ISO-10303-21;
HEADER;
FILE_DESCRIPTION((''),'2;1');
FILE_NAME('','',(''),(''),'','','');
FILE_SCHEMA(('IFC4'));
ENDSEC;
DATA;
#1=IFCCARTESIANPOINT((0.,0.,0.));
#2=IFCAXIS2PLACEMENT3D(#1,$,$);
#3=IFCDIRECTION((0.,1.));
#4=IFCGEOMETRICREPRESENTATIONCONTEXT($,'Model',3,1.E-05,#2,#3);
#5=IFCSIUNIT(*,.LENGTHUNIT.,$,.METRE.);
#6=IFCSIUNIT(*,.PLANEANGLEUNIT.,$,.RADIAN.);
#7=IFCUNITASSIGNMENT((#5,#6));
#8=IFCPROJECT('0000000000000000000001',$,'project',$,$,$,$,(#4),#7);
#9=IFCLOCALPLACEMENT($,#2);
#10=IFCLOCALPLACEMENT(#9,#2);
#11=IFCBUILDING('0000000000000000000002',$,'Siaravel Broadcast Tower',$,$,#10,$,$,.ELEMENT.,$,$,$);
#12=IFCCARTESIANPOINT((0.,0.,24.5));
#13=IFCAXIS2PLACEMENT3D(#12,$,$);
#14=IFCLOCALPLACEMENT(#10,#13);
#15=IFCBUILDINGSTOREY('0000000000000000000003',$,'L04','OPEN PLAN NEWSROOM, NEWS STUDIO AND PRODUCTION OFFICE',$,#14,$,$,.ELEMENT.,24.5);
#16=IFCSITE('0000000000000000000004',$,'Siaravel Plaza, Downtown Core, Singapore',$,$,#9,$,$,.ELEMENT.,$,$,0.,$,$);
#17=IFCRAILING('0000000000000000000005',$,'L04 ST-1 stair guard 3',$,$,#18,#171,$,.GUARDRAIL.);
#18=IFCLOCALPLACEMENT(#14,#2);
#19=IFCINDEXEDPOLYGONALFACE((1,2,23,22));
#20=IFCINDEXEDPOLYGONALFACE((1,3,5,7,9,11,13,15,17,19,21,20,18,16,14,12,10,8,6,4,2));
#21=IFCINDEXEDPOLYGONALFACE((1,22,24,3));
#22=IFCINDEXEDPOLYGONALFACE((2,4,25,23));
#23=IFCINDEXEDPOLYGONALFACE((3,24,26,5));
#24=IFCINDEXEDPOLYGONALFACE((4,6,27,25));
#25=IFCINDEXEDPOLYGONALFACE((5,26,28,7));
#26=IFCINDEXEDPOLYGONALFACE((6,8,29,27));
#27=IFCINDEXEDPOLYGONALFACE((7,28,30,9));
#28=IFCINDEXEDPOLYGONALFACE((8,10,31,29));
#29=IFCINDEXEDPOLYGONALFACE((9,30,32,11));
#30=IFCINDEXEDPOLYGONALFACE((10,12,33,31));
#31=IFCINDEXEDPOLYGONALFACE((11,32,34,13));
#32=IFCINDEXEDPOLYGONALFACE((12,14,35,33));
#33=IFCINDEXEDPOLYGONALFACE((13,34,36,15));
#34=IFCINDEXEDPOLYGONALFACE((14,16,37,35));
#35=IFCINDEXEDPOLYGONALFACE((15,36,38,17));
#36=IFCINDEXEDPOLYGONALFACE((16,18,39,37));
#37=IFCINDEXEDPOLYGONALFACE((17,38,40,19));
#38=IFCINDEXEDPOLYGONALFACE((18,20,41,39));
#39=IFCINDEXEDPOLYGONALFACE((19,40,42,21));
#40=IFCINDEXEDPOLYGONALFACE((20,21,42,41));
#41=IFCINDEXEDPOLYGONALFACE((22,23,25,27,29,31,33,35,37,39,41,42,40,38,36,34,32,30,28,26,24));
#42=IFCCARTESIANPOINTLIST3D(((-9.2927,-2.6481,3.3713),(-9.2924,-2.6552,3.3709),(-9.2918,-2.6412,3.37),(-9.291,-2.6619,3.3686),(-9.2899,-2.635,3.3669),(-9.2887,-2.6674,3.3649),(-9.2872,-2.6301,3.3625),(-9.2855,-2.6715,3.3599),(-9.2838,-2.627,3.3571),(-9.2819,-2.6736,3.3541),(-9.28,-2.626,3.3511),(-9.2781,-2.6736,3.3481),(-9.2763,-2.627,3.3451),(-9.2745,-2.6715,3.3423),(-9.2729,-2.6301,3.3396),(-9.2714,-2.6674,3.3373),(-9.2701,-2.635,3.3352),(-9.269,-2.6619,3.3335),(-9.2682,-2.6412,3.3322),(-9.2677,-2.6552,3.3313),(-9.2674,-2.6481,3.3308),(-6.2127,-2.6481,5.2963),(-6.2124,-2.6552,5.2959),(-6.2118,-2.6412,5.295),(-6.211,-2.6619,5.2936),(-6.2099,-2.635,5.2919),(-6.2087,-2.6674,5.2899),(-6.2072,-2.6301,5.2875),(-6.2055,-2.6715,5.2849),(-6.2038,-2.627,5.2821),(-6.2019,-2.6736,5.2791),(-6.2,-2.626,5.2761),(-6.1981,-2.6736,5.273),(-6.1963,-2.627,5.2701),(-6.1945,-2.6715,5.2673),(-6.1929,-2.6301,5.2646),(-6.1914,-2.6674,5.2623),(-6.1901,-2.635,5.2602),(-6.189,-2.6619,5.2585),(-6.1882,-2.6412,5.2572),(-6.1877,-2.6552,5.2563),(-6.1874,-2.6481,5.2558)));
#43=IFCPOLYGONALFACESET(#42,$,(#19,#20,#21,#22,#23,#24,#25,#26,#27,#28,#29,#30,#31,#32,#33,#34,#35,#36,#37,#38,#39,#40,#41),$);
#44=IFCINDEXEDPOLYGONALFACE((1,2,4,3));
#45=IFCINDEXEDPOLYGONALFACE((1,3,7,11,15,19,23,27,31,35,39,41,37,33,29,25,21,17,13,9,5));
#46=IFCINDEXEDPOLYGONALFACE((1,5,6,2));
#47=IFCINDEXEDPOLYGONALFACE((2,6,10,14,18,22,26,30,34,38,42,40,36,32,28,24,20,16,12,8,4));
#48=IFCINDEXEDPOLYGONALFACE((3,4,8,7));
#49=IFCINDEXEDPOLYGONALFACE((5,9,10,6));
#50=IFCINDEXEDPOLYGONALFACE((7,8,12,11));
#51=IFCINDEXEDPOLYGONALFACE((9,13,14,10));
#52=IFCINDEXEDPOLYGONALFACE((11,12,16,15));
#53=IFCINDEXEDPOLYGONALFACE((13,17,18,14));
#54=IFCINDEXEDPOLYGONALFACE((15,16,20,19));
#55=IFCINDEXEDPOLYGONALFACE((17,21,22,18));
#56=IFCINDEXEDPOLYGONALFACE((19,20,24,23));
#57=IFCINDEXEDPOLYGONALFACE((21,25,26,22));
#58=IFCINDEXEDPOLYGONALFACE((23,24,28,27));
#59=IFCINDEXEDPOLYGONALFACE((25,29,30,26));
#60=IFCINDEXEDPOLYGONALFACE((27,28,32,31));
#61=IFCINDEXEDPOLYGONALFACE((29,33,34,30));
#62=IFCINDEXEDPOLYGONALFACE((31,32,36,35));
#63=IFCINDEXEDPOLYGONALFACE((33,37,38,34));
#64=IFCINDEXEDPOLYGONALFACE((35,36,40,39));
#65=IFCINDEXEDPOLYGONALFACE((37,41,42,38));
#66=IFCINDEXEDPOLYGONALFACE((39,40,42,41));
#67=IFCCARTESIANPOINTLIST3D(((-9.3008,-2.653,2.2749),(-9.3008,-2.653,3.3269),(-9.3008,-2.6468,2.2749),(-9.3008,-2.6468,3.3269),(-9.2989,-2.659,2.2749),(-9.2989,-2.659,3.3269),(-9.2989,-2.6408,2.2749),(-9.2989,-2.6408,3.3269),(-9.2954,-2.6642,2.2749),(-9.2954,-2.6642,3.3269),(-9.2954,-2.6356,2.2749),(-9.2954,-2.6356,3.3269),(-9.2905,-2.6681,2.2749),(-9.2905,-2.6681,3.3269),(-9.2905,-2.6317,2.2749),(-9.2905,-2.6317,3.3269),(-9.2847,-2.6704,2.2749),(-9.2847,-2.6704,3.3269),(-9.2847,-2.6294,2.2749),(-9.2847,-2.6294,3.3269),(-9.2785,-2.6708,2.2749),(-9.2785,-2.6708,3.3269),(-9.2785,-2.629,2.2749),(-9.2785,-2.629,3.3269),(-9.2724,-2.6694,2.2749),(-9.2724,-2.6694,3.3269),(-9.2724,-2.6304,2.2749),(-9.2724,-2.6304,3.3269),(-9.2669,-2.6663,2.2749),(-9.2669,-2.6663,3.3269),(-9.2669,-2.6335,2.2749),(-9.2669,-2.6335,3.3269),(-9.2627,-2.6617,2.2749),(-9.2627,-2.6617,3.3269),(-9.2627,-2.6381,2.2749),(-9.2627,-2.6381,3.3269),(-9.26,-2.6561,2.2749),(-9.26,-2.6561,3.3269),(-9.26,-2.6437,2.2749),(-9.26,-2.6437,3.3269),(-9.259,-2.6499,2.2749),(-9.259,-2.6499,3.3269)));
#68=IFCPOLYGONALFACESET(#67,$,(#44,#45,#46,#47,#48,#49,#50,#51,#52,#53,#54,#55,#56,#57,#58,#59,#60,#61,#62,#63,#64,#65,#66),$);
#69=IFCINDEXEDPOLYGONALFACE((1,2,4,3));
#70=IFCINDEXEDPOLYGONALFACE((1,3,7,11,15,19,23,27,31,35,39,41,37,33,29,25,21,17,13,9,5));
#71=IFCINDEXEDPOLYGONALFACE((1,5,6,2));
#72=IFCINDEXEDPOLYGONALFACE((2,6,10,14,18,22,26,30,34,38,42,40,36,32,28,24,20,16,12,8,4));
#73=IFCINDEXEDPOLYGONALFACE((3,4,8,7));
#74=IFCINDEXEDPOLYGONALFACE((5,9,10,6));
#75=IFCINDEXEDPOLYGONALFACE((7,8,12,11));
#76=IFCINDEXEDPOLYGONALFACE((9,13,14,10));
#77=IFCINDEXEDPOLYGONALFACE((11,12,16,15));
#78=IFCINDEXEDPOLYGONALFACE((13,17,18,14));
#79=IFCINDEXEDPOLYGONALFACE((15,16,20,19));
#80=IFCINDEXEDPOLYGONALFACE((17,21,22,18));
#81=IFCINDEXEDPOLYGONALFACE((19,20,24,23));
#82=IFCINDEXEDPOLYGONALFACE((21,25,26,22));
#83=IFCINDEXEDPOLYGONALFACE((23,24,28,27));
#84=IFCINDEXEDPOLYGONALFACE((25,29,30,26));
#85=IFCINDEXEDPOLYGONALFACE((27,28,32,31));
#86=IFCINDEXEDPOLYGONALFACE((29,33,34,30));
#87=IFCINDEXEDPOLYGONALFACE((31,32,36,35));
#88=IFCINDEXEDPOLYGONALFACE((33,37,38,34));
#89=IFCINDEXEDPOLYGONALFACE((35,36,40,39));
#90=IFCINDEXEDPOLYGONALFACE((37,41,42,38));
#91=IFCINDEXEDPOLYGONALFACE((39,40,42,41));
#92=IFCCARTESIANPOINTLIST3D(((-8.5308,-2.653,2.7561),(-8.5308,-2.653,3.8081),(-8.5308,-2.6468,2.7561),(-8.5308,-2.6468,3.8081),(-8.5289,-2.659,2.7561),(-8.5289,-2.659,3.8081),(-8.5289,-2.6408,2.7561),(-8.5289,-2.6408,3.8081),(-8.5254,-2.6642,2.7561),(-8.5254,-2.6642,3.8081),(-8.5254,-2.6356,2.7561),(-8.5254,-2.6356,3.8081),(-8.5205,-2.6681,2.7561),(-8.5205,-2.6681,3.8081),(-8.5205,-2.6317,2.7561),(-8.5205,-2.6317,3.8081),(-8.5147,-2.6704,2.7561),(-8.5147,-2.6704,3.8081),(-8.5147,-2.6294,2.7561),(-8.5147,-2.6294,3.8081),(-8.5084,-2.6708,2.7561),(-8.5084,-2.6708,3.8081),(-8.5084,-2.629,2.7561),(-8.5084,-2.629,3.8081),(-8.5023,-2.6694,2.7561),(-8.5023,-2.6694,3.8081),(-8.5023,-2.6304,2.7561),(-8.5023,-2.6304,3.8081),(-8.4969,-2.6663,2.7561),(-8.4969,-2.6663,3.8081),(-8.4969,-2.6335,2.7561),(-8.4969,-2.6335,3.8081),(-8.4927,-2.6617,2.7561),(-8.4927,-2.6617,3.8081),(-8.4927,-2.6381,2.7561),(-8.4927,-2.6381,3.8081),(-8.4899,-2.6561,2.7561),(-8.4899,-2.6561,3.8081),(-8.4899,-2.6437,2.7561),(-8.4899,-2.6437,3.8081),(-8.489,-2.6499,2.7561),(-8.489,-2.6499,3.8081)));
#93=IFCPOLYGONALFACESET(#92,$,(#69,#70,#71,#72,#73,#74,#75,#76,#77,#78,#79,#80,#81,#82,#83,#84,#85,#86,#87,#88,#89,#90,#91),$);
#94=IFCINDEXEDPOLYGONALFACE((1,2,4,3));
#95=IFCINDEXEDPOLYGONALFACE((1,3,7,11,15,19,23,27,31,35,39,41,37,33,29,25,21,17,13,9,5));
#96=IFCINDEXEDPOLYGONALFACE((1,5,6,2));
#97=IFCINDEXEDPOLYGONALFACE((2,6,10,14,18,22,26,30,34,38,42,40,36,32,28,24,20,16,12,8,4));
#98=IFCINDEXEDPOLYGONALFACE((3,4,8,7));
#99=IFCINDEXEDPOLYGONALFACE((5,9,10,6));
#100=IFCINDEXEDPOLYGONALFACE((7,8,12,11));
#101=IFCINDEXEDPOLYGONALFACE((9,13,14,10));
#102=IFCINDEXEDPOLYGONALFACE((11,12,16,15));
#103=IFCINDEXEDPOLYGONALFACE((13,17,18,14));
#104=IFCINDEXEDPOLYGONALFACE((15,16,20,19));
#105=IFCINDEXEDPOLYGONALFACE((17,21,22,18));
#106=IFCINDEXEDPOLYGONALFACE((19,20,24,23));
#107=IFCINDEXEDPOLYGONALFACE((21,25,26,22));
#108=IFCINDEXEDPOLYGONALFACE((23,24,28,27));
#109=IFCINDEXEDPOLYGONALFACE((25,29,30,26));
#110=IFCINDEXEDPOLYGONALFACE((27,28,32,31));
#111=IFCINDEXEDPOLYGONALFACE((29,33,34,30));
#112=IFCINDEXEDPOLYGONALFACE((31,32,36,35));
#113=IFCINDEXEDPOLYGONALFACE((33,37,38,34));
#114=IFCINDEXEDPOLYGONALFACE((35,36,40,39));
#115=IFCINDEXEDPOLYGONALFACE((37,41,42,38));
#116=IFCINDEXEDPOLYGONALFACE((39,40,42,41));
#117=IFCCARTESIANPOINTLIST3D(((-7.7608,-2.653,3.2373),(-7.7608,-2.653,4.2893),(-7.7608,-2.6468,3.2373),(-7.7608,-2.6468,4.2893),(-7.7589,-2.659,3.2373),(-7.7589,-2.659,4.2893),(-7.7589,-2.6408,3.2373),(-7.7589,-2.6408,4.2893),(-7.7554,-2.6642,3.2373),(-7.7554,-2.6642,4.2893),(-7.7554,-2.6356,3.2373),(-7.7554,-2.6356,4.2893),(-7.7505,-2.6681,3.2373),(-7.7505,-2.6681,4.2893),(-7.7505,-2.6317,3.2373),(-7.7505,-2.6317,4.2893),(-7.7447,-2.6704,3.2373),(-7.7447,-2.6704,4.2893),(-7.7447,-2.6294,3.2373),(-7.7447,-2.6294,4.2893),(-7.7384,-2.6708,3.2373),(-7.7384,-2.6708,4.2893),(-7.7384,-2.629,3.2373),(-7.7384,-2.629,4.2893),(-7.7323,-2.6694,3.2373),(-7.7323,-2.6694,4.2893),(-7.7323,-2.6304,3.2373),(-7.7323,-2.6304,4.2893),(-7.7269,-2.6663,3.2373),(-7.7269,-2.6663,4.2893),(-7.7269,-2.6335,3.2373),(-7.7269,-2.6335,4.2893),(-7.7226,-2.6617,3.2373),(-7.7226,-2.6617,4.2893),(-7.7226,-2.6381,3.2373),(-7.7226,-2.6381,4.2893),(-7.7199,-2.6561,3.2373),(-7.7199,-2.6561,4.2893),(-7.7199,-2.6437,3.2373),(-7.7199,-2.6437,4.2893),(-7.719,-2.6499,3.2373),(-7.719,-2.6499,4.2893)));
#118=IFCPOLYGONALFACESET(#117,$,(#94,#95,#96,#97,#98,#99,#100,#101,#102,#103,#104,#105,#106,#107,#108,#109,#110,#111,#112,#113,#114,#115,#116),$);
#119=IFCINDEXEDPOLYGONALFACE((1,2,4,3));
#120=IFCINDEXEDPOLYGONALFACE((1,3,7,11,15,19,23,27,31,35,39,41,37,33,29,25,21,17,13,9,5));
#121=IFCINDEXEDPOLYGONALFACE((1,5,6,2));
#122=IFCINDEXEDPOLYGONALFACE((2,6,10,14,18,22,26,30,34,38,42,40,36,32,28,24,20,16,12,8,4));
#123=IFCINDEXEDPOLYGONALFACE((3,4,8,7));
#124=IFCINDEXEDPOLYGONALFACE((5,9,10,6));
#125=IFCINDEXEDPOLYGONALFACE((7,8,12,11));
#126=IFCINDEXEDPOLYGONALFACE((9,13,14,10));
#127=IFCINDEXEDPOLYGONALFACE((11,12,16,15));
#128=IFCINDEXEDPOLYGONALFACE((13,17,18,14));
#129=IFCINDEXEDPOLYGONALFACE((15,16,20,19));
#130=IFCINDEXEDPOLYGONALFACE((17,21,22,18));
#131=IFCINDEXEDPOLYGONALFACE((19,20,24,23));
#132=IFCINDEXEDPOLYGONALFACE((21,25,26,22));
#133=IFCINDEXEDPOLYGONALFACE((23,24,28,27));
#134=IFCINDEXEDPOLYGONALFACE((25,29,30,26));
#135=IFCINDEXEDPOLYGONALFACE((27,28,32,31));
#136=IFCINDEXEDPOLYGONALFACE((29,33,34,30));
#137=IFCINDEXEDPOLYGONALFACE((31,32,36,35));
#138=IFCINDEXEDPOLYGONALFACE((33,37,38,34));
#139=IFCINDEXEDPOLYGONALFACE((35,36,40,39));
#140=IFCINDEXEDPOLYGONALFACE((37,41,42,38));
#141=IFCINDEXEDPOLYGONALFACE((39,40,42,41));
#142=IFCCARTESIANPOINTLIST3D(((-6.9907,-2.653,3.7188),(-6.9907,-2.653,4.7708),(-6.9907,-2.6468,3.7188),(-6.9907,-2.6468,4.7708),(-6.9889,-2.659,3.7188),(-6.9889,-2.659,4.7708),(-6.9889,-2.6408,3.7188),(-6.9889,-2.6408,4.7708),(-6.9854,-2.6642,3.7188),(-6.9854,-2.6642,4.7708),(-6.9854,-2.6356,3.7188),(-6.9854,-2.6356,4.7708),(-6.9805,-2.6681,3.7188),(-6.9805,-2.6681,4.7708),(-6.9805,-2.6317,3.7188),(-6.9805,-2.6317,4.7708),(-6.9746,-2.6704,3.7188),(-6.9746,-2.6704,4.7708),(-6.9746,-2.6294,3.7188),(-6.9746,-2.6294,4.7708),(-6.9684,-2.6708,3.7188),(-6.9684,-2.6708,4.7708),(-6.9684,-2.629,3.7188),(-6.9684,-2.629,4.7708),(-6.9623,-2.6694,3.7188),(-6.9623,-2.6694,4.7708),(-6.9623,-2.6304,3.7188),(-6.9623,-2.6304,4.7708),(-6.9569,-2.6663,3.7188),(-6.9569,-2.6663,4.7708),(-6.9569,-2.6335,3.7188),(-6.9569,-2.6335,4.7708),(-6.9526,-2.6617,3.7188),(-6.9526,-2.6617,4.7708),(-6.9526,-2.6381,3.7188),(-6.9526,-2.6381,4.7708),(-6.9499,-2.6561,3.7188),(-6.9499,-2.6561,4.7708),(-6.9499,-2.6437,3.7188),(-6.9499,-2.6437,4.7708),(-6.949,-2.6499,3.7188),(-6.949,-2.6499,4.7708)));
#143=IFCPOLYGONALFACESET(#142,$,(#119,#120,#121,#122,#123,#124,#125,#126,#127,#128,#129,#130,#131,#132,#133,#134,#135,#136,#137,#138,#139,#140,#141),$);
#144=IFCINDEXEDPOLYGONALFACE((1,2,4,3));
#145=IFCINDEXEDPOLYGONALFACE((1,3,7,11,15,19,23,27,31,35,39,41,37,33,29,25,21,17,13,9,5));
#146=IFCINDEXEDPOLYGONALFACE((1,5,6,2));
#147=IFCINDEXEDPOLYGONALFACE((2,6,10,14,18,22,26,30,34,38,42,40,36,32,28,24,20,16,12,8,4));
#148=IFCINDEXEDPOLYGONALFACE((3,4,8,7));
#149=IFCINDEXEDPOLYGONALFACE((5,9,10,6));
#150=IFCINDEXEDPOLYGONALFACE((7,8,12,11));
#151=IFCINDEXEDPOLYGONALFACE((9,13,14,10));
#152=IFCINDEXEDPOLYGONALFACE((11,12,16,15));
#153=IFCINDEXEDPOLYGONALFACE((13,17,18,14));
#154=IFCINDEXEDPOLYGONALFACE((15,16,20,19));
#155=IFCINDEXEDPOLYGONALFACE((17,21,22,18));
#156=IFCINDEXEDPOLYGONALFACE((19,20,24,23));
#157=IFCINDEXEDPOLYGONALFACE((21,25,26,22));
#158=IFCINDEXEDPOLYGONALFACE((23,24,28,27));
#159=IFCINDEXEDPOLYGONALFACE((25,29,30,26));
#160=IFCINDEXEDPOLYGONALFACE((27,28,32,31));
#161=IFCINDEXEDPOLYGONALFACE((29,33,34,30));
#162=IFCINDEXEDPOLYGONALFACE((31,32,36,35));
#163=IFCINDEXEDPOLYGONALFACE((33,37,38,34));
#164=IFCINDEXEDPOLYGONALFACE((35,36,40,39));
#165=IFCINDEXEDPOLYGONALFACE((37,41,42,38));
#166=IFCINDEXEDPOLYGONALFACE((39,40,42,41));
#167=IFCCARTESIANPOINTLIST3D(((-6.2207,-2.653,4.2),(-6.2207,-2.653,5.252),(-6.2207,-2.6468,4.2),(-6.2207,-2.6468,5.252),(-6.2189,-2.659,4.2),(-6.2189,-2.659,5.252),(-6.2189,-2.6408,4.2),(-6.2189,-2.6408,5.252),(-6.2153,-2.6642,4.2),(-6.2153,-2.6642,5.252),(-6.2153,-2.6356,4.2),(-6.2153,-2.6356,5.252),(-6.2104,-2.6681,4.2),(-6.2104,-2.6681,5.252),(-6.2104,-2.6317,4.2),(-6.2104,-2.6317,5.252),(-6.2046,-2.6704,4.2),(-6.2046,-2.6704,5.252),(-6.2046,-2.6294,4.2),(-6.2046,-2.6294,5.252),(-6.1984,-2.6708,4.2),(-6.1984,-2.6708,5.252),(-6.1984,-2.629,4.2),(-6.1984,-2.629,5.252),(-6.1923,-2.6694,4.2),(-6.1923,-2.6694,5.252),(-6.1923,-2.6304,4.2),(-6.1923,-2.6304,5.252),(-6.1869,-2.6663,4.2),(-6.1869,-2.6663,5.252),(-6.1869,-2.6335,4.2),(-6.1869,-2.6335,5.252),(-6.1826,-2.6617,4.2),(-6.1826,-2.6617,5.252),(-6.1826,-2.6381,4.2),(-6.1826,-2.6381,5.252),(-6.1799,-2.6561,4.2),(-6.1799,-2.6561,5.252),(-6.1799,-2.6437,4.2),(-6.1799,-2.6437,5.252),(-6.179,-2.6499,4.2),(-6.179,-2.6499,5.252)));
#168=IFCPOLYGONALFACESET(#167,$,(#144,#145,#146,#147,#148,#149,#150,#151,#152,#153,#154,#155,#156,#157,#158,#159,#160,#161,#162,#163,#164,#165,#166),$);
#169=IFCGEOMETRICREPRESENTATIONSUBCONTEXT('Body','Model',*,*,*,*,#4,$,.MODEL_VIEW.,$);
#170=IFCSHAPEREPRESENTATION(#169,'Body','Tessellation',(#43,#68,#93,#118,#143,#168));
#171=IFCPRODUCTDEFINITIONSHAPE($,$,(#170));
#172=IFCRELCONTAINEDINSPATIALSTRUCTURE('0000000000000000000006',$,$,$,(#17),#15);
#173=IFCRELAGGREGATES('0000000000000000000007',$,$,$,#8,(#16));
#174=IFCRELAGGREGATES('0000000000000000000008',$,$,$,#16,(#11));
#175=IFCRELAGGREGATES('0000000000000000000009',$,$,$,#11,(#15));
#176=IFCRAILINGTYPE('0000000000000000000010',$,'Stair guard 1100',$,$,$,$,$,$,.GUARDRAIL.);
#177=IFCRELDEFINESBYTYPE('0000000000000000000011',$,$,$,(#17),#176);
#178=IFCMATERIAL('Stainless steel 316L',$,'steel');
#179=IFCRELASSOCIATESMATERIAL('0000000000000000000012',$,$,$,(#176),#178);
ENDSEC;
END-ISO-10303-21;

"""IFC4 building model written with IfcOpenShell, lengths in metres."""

from ifc_helpers import new_model, si_unit, direction, frame, origin, origin_2d, place, context, subcontext, project, spatial, circle, extrude, material, type_object, element, save


model = new_model("IFC4")

# Units and contexts
model_context = context("Model", 3, precision=1e-05, world=origin(), true_north=direction((0.0, 1.0)))
body_context = subcontext(model_context, "Body", "Model", "MODEL_VIEW")
ifc_project = project(units=[si_unit("LENGTHUNIT", "METRE"), si_unit("PLANEANGLEUNIT", "RADIAN")], contexts=[model_context])

# Site, building, storey
site_placement = place(None, origin())
site = spatial("IfcSite", under=ifc_project, at=site_placement, Name="Siaravel Plaza, Downtown Core, Singapore", CompositionType="ELEMENT", RefElevation=0.0)
building_placement = place(site_placement, origin())
building = spatial("IfcBuilding", under=site, at=building_placement, Name="Siaravel Broadcast Tower", CompositionType="ELEMENT")
storey_placement = place(building_placement, frame((0.0, 0.0, 24.5)))
storey = spatial("IfcBuildingStorey", under=building, at=storey_placement, Name="L04", Description="OPEN PLAN NEWSROOM, NEWS STUDIO AND PRODUCTION OFFICE", CompositionType="ELEMENT", Elevation=24.5)

# Railing
ifc_material_1 = material(Name="Stainless steel 316L", Category="steel")
railing_type_1 = type_object("IfcRailingType", Name="Stair guard 1100", PredefinedType="GUARDRAIL", material=ifc_material_1)
railing_1_placement = place(storey_placement, frame((-9.28, -2.6499, 2.2749)))
element("IfcRailing", 1, at=railing_1_placement, inside=storey, type_object=railing_type_1, Name="L04 ST-1 stair guard 3", PredefinedType="GUARDRAIL", context=body_context, shape_type="SweptSolid", body=[
    extrude(circle(Radius=0.0239, at=origin_2d()), frame((0.0, 0.0, 1.0762), z_axis=(0.847998, 0.0, 0.529999), x_axis=(0.0, 1.0, 0.0)), (0.0, 0.0, 1.0), 3.6321),
    extrude(circle(Radius=0.021, at=origin_2d()), origin(), (0.0, 0.0, 1.0), 1.052),
    extrude(circle(Radius=0.021, at=origin_2d()), frame((0.77, 0.0, 0.4812)), (0.0, 0.0, 1.0), 1.052),
    extrude(circle(Radius=0.021, at=origin_2d()), frame((1.54, 0.0, 0.9624)), (0.0, 0.0, 1.0), 1.052),
    extrude(circle(Radius=0.021, at=origin_2d()), frame((2.3101, 0.0, 1.4438)), (0.0, 0.0, 1.0), 1.052),
    extrude(circle(Radius=0.021, at=origin_2d()), frame((3.0801, 0.0, 1.925)), (0.0, 0.0, 1.0), 1.052),
])

save(model, "model.ifc")
